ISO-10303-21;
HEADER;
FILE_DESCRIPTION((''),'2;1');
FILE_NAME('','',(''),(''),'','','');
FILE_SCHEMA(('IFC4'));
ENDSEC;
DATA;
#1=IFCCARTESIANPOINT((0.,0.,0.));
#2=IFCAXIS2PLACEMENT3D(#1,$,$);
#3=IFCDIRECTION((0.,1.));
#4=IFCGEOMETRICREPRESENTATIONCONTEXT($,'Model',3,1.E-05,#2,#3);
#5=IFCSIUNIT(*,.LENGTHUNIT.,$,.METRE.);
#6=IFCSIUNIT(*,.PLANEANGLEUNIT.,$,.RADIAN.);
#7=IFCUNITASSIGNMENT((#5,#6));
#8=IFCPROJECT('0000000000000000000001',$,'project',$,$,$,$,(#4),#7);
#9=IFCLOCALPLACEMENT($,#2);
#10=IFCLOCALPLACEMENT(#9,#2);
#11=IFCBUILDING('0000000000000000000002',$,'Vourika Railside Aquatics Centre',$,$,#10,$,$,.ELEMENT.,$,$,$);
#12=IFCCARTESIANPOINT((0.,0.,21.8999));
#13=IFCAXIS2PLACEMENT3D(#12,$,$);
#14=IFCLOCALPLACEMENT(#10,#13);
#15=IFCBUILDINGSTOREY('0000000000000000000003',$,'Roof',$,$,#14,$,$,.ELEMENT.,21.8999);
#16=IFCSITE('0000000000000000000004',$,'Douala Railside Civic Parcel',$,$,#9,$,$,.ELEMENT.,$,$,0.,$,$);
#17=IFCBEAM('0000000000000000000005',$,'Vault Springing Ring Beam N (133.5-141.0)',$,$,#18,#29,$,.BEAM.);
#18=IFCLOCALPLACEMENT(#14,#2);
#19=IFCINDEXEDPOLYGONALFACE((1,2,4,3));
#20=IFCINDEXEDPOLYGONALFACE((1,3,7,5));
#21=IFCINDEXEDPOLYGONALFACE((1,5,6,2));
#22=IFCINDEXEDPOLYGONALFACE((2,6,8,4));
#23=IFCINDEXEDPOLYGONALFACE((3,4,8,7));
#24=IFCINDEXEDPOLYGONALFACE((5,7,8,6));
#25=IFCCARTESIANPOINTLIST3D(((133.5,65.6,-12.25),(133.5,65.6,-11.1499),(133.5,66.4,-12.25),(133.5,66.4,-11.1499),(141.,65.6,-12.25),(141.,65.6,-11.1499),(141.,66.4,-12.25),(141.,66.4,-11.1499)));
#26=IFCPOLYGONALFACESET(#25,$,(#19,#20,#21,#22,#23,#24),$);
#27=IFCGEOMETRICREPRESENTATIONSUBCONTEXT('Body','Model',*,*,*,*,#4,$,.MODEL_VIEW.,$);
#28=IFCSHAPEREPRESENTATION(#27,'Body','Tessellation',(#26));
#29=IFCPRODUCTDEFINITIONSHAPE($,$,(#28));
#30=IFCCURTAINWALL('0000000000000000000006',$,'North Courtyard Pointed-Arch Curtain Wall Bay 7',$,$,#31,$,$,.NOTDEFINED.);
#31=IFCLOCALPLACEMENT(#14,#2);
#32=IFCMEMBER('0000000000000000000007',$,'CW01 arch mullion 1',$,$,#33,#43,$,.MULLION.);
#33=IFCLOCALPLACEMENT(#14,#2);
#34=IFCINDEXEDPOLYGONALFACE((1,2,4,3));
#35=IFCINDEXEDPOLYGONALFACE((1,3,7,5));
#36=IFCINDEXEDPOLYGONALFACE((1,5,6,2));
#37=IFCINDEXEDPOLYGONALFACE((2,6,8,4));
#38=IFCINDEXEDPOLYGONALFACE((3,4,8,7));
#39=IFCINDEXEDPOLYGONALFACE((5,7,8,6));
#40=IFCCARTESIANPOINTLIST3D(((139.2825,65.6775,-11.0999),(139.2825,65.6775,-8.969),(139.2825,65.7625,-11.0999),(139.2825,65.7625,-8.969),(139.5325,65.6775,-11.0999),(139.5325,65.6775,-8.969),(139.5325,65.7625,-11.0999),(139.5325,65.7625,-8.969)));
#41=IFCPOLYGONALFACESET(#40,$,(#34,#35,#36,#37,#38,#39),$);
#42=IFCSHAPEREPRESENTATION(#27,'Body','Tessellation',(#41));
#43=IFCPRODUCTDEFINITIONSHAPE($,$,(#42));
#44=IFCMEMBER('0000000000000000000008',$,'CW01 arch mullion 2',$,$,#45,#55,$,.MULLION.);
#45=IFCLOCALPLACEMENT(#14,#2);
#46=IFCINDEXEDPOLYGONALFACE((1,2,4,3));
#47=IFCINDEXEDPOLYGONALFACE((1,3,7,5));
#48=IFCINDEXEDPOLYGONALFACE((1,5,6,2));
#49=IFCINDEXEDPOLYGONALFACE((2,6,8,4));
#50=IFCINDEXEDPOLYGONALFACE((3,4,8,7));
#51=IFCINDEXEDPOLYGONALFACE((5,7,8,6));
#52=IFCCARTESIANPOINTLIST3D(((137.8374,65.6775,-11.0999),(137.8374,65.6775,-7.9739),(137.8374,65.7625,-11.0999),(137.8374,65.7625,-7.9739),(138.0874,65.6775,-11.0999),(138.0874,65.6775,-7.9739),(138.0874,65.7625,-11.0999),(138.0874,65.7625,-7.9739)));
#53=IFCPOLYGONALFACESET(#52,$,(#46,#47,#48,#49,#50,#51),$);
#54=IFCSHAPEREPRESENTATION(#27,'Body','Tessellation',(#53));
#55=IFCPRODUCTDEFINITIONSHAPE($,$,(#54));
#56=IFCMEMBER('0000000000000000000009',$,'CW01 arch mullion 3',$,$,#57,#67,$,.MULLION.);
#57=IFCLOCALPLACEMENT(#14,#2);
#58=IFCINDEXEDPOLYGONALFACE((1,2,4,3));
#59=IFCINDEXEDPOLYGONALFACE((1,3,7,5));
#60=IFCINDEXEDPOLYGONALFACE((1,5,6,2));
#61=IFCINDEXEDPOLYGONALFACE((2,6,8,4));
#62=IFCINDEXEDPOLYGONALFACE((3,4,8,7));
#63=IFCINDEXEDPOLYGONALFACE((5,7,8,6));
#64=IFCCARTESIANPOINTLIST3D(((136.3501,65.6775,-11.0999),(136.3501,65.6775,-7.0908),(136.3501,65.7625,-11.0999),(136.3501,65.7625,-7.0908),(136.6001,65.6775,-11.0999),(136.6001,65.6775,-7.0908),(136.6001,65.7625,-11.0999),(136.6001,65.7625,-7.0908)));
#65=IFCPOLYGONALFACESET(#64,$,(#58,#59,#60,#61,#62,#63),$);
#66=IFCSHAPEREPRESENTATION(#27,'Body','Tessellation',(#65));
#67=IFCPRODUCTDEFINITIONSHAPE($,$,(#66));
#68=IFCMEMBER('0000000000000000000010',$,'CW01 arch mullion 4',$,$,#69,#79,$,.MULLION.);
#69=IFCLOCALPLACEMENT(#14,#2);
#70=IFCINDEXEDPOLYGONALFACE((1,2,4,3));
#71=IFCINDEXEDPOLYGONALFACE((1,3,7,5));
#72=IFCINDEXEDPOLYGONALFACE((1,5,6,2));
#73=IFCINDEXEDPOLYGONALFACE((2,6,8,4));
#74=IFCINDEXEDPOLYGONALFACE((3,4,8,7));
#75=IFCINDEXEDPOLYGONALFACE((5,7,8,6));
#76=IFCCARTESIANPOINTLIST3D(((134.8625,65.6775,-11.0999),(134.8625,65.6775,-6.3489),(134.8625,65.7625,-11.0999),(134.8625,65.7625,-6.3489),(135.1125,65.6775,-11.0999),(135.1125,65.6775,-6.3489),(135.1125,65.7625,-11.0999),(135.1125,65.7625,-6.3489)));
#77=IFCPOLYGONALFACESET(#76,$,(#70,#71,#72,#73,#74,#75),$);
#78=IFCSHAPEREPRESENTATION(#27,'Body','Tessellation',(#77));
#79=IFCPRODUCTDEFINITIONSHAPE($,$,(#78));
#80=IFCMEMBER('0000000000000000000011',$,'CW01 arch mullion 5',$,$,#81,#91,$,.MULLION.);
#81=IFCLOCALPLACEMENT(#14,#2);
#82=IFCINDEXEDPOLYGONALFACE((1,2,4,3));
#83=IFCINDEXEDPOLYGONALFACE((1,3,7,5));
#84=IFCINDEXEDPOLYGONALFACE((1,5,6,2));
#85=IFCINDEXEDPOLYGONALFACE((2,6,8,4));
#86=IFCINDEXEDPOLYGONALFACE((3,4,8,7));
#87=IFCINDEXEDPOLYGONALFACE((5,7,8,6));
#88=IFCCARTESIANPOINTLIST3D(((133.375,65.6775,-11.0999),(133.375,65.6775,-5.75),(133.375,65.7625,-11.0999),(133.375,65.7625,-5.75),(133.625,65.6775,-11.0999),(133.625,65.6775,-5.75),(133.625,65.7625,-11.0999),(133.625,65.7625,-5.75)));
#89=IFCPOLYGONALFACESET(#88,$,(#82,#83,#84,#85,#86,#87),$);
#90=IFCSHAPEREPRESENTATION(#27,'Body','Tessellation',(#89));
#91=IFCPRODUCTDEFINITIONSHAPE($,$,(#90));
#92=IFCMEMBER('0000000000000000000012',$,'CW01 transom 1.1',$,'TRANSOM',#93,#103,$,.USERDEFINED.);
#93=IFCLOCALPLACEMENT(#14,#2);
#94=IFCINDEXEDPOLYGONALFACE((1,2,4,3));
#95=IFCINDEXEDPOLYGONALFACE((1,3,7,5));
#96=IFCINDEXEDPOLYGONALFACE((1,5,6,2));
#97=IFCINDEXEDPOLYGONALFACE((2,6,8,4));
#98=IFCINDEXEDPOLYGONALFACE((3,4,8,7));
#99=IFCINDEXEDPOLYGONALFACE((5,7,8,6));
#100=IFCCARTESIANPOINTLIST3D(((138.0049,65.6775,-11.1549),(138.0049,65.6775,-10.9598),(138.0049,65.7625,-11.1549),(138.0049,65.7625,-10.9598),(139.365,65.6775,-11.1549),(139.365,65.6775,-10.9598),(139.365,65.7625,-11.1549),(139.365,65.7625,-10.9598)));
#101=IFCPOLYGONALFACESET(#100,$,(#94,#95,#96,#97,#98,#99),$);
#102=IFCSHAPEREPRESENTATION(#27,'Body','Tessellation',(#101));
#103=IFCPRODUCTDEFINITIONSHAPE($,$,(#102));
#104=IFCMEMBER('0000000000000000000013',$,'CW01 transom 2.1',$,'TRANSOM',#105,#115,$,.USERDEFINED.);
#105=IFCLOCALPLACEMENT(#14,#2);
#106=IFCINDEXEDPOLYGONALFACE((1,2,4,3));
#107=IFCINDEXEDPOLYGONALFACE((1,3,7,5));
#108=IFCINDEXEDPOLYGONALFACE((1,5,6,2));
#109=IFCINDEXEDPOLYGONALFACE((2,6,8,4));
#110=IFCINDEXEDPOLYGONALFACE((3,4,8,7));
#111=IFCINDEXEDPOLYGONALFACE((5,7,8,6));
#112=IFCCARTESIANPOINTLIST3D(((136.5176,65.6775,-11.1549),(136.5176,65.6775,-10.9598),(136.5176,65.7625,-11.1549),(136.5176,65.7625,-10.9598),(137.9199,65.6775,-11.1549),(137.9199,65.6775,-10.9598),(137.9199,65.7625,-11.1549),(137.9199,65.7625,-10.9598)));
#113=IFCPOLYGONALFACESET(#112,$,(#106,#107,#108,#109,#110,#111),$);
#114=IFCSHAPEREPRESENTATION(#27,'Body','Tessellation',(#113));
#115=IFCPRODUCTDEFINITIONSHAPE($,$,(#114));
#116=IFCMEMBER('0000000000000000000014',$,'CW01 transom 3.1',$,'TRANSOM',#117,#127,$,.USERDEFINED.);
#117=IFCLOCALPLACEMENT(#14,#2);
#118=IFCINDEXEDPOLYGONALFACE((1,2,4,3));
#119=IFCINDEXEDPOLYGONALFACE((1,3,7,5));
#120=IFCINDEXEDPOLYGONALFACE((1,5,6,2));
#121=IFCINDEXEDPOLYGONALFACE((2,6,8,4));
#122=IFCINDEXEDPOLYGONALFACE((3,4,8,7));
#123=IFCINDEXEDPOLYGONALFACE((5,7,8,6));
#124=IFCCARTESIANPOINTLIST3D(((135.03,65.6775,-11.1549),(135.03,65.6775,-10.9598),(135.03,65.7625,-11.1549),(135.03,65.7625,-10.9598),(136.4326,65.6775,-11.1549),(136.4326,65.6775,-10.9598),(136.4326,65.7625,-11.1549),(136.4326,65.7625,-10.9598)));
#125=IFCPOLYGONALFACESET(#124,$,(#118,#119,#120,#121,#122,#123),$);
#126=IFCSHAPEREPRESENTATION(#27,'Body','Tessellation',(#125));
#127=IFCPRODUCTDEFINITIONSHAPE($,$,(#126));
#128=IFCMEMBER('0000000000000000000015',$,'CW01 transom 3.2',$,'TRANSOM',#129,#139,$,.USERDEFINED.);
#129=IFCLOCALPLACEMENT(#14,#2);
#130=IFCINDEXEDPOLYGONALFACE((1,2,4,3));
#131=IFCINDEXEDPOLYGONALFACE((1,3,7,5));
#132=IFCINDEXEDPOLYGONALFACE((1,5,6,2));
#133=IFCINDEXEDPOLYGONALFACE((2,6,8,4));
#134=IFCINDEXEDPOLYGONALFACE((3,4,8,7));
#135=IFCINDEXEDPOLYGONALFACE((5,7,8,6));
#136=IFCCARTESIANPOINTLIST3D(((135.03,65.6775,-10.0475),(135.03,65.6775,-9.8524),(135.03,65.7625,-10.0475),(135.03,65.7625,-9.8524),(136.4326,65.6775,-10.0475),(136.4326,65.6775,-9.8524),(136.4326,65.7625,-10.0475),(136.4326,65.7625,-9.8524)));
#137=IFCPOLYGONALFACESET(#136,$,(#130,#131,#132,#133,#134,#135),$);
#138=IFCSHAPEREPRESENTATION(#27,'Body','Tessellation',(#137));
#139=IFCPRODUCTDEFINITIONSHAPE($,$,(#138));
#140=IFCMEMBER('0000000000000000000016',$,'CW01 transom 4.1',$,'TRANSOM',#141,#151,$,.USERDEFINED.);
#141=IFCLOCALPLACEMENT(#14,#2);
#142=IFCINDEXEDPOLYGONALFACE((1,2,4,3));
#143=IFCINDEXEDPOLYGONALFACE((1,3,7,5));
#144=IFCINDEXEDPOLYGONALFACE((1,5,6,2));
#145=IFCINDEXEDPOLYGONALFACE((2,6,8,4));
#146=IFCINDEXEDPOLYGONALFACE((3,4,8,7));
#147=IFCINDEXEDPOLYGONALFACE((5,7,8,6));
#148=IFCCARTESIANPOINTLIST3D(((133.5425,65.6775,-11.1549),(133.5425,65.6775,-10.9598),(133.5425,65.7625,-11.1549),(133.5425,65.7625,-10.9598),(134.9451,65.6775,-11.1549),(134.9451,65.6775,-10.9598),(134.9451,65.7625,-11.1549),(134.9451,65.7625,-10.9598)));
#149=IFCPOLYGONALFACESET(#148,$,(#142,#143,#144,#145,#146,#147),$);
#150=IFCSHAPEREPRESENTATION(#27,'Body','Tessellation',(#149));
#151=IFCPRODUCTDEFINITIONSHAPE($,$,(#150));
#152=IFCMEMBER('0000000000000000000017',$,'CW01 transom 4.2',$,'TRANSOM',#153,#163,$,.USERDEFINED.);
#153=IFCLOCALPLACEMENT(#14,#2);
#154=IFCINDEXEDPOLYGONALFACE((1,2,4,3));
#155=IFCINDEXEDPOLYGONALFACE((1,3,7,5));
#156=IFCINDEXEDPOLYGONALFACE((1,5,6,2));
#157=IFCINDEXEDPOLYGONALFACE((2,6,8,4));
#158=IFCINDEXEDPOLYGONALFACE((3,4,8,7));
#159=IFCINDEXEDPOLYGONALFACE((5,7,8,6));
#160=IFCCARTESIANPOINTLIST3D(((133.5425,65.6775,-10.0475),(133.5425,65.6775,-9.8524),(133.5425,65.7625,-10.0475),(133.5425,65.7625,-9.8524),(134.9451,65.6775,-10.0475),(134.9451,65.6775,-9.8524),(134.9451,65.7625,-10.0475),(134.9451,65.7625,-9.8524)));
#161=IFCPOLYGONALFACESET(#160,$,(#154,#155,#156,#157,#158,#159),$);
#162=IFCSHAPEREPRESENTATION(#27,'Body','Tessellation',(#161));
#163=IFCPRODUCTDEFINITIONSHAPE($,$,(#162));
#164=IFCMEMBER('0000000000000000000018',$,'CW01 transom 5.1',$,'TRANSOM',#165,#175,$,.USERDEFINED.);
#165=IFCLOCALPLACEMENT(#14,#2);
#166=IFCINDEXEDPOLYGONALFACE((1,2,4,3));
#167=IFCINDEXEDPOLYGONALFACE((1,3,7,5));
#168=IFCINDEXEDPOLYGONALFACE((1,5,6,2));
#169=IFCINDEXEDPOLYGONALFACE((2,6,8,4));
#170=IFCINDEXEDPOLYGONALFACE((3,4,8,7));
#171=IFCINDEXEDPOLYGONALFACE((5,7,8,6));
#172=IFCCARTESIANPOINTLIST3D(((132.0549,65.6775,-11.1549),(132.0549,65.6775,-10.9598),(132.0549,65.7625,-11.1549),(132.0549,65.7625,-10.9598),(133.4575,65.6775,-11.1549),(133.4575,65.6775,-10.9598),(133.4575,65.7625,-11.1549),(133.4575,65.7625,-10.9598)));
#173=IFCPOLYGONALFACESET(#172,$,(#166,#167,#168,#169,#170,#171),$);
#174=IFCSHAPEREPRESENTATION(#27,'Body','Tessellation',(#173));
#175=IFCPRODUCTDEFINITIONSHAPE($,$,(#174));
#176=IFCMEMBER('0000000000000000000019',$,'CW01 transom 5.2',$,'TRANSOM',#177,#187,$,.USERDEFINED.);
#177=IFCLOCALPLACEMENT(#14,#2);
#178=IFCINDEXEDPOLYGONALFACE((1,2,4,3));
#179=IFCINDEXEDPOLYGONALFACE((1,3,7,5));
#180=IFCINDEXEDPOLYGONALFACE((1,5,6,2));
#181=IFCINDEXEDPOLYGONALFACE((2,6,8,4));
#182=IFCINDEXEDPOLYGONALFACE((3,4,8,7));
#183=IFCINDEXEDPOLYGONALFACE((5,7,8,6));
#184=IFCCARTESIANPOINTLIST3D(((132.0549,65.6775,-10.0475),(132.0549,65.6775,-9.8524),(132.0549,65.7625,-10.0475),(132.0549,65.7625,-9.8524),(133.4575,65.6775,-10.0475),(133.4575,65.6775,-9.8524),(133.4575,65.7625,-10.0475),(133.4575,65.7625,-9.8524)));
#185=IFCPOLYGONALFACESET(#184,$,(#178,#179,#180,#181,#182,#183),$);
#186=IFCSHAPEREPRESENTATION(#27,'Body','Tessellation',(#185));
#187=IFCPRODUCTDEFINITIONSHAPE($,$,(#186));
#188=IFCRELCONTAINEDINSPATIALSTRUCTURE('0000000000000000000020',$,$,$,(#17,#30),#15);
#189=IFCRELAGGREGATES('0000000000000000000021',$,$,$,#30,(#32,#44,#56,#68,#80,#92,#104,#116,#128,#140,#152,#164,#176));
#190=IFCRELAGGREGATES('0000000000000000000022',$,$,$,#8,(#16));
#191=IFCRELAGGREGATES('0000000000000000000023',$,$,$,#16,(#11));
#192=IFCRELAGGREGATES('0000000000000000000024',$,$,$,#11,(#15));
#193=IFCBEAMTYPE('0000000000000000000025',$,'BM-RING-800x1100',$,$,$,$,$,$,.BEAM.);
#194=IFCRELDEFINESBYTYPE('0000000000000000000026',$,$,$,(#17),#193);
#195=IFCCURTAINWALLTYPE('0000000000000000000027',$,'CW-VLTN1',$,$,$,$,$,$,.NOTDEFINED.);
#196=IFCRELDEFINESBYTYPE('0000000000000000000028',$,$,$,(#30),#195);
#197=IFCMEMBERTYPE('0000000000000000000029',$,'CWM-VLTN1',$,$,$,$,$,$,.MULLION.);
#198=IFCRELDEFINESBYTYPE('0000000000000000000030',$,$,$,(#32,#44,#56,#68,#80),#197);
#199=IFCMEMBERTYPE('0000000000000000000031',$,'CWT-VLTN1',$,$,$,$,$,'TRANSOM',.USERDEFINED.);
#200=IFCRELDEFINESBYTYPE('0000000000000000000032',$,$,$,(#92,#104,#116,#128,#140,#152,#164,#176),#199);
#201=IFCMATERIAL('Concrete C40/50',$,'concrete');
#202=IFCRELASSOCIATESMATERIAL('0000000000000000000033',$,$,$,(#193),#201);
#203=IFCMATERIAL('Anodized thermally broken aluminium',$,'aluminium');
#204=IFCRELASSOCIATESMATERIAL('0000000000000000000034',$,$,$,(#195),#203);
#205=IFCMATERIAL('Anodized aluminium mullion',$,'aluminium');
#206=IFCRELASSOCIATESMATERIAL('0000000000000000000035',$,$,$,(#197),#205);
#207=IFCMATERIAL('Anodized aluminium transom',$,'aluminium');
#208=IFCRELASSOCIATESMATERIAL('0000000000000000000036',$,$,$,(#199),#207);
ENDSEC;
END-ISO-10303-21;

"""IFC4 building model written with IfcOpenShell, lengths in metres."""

from ifc_helpers import new_model, si_unit, direction, frame, origin, origin_2d, place, context, subcontext, project, spatial, rectangle, extrude, material, material_profile, profile_set, type_object, element, aggregate, save


model = new_model("IFC4")

# Units and contexts
model_context = context("Model", 3, precision=1e-05, world=origin(), true_north=direction((0.0, 1.0)))
body_context = subcontext(model_context, "Body", "Model", "MODEL_VIEW")
ifc_project = project(units=[si_unit("LENGTHUNIT", "METRE"), si_unit("PLANEANGLEUNIT", "RADIAN")], contexts=[model_context])

# Site, building, storey
site_placement = place(None, origin())
site = spatial("IfcSite", under=ifc_project, at=site_placement, Name="Douala Railside Civic Parcel", CompositionType="ELEMENT", RefElevation=0.0)
building_placement = place(site_placement, origin())
building = spatial("IfcBuilding", under=site, at=building_placement, Name="Vourika Railside Aquatics Centre", CompositionType="ELEMENT")
storey_placement = place(building_placement, frame((0.0, 0.0, 21.8999)))
storey = spatial("IfcBuildingStorey", under=building, at=storey_placement, Name="Roof", CompositionType="ELEMENT", Elevation=21.8999)

# Beam
ifc_material_1 = material(Name="Concrete C40/50", Category="concrete")
ifc_material_profile_1 = material_profile(ifc_material_1, rectangle(XDim=0.8, YDim=1.1001, at=origin_2d()), Name="RC 800x1100")
ifc_profile_set_1 = profile_set([ifc_material_profile_1], Name="Concrete C40/50")
beam_type = type_object("IfcBeamType", Name="BM-RING-800x1100", PredefinedType="BEAM", material=ifc_profile_set_1)
beam_placement = place(storey_placement, frame((133.5, 66.0, -11.7), z_axis=(1.0, 0.0, 0.0), x_axis=(0.0, 1.0, 0.0)))
element("IfcBeam", 1, at=beam_placement, inside=storey, type_object=beam_type, Name="Vault Springing Ring Beam N (133.5-141.0)", PredefinedType="BEAM", context=body_context, shape_type="SweptSolid", body=[
    extrude(rectangle(XDim=0.8, YDim=1.1001, at=origin_2d()), origin(), (0.0, 0.0, 1.0), 7.5),
])

# Curtain wall, members
ifc_material_2 = material(Name="Anodized thermally broken aluminium", Category="aluminium")
curtain_wall_type = type_object("IfcCurtainWallType", Name="CW-VLTN1", PredefinedType="NOTDEFINED", material=ifc_material_2)
curtain_wall_placement = place(storey_placement, origin())
curtain_wall = element("IfcCurtainWall", 2, at=curtain_wall_placement, inside=storey, type_object=curtain_wall_type, Name="North Courtyard Pointed-Arch Curtain Wall Bay 7", PredefinedType="NOTDEFINED")
ifc_material_3 = material(Name="Anodized aluminium mullion", Category="aluminium")
ifc_material_profile_2 = material_profile(ifc_material_3, rectangle(XDim=0.085, YDim=0.25, at=origin_2d()), Name="ALU-M 85x250")
ifc_profile_set_2 = profile_set([ifc_material_profile_2], Name="Anodized aluminium mullion")
member_type_1 = type_object("IfcMemberType", Name="CWM-VLTN1", PredefinedType="MULLION", material=ifc_profile_set_2)
member_1_placement = place(storey_placement, frame((139.4075, 65.72, -11.0999), z_axis=(0.0, 0.0, 1.0), x_axis=(0.0, -1.0, 0.0)))
member_1 = element("IfcMember", 3, at=member_1_placement, type_object=member_type_1, Name="CW01 arch mullion 1", PredefinedType="MULLION", context=body_context, shape_type="SweptSolid", body=[
    extrude(rectangle(XDim=0.085, YDim=0.25, at=origin_2d()), origin(), (0.0, 0.0, 1.0), 2.1309),
])
member_2_placement = place(storey_placement, frame((137.9624, 65.72, -11.0999), z_axis=(0.0, 0.0, 1.0), x_axis=(0.0, -1.0, 0.0)))
member_2 = element("IfcMember", 4, at=member_2_placement, type_object=member_type_1, Name="CW01 arch mullion 2", PredefinedType="MULLION", context=body_context, shape_type="SweptSolid", body=[
    extrude(rectangle(XDim=0.085, YDim=0.25, at=origin_2d()), origin(), (0.0, 0.0, 1.0), 3.126),
])
member_3_placement = place(storey_placement, frame((136.4751, 65.72, -11.0999), z_axis=(0.0, 0.0, 1.0), x_axis=(0.0, -1.0, 0.0)))
member_3 = element("IfcMember", 5, at=member_3_placement, type_object=member_type_1, Name="CW01 arch mullion 3", PredefinedType="MULLION", context=body_context, shape_type="SweptSolid", body=[
    extrude(rectangle(XDim=0.085, YDim=0.25, at=origin_2d()), origin(), (0.0, 0.0, 1.0), 4.009),
])
member_4_placement = place(storey_placement, frame((134.9875, 65.72, -11.0999), z_axis=(0.0, 0.0, 1.0), x_axis=(0.0, -1.0, 0.0)))
member_4 = element("IfcMember", 6, at=member_4_placement, type_object=member_type_1, Name="CW01 arch mullion 4", PredefinedType="MULLION", context=body_context, shape_type="SweptSolid", body=[
    extrude(rectangle(XDim=0.085, YDim=0.25, at=origin_2d()), origin(), (0.0, 0.0, 1.0), 4.751),
])
member_5_placement = place(storey_placement, frame((133.5, 65.72, -11.0999), z_axis=(0.0, 0.0, 1.0), x_axis=(0.0, -1.0, 0.0)))
member_5 = element("IfcMember", 7, at=member_5_placement, type_object=member_type_1, Name="CW01 arch mullion 5", PredefinedType="MULLION", context=body_context, shape_type="SweptSolid", body=[
    extrude(rectangle(XDim=0.085, YDim=0.25, at=origin_2d()), origin(), (0.0, 0.0, 1.0), 5.3499),
])
ifc_material_4 = material(Name="Anodized aluminium transom", Category="aluminium")
ifc_material_profile_3 = material_profile(ifc_material_4, rectangle(XDim=0.085, YDim=0.1951, at=origin_2d()), Name="ALU-T 85x195")
ifc_profile_set_3 = profile_set([ifc_material_profile_3], Name="Anodized aluminium transom")
member_type_2 = type_object("IfcMemberType", Name="CWT-VLTN1", ElementType="TRANSOM", PredefinedType="USERDEFINED", material=ifc_profile_set_3)
member_6_placement = place(storey_placement, frame((139.365, 65.72, -11.0574), z_axis=(-1.0, 0.0, 0.0), x_axis=(0.0, -1.0, 0.0)))
member_6 = element("IfcMember", 8, at=member_6_placement, type_object=member_type_2, Name="CW01 transom 1.1", ObjectType="TRANSOM", PredefinedType="USERDEFINED", context=body_context, shape_type="SweptSolid", body=[
    extrude(rectangle(XDim=0.085, YDim=0.1951, at=origin_2d()), origin(), (0.0, 0.0, 1.0), 1.3601),
])
member_7_placement = place(storey_placement, frame((137.9199, 65.72, -11.0574), z_axis=(-1.0, 0.0, 0.0), x_axis=(0.0, -1.0, 0.0)))
member_7 = element("IfcMember", 9, at=member_7_placement, type_object=member_type_2, Name="CW01 transom 2.1", ObjectType="TRANSOM", PredefinedType="USERDEFINED", context=body_context, shape_type="SweptSolid", body=[
    extrude(rectangle(XDim=0.085, YDim=0.1951, at=origin_2d()), origin(), (0.0, 0.0, 1.0), 1.4023),
])
member_8_placement = place(storey_placement, frame((136.4326, 65.72, -11.0574), z_axis=(-1.0, 0.0, 0.0), x_axis=(0.0, -1.0, 0.0)))
member_8 = element("IfcMember", 10, at=member_8_placement, type_object=member_type_2, Name="CW01 transom 3.1", ObjectType="TRANSOM", PredefinedType="USERDEFINED", context=body_context, shape_type="SweptSolid", body=[
    extrude(rectangle(XDim=0.085, YDim=0.1951, at=origin_2d()), origin(), (0.0, 0.0, 1.0), 1.4026),
])
member_9_placement = place(storey_placement, frame((136.4326, 65.72, -9.95), z_axis=(-1.0, 0.0, 0.0), x_axis=(0.0, -1.0, 0.0)))
member_9 = element("IfcMember", 11, at=member_9_placement, type_object=member_type_2, Name="CW01 transom 3.2", ObjectType="TRANSOM", PredefinedType="USERDEFINED", context=body_context, shape_type="SweptSolid", body=[
    extrude(rectangle(XDim=0.085, YDim=0.1951, at=origin_2d()), origin(), (0.0, 0.0, 1.0), 1.4026),
])
member_10_placement = place(storey_placement, frame((134.9451, 65.72, -11.0574), z_axis=(-1.0, 0.0, 0.0), x_axis=(0.0, -1.0, 0.0)))
member_10 = element("IfcMember", 12, at=member_10_placement, type_object=member_type_2, Name="CW01 transom 4.1", ObjectType="TRANSOM", PredefinedType="USERDEFINED", context=body_context, shape_type="SweptSolid", body=[
    extrude(rectangle(XDim=0.085, YDim=0.1951, at=origin_2d()), origin(), (0.0, 0.0, 1.0), 1.4026),
])
member_11_placement = place(storey_placement, frame((134.9451, 65.72, -9.95), z_axis=(-1.0, 0.0, 0.0), x_axis=(0.0, -1.0, 0.0)))
member_11 = element("IfcMember", 13, at=member_11_placement, type_object=member_type_2, Name="CW01 transom 4.2", ObjectType="TRANSOM", PredefinedType="USERDEFINED", context=body_context, shape_type="SweptSolid", body=[
    extrude(rectangle(XDim=0.085, YDim=0.1951, at=origin_2d()), origin(), (0.0, 0.0, 1.0), 1.4026),
])
member_12_placement = place(storey_placement, frame((133.4575, 65.72, -11.0574), z_axis=(-1.0, 0.0, 0.0), x_axis=(0.0, -1.0, 0.0)))
member_12 = element("IfcMember", 14, at=member_12_placement, type_object=member_type_2, Name="CW01 transom 5.1", ObjectType="TRANSOM", PredefinedType="USERDEFINED", context=body_context, shape_type="SweptSolid", body=[
    extrude(rectangle(XDim=0.085, YDim=0.1951, at=origin_2d()), origin(), (0.0, 0.0, 1.0), 1.4026),
])
member_13_placement = place(storey_placement, frame((133.4575, 65.72, -9.95), z_axis=(-1.0, 0.0, 0.0), x_axis=(0.0, -1.0, 0.0)))
member_13 = element("IfcMember", 15, at=member_13_placement, type_object=member_type_2, Name="CW01 transom 5.2", ObjectType="TRANSOM", PredefinedType="USERDEFINED", context=body_context, shape_type="SweptSolid", body=[
    extrude(rectangle(XDim=0.085, YDim=0.1951, at=origin_2d()), origin(), (0.0, 0.0, 1.0), 1.4026),
])
aggregate(curtain_wall, [member_1, member_2, member_3, member_4, member_5, member_6, member_7, member_8, member_9, member_10, member_11, member_12, member_13])

save(model, "model.ifc")
